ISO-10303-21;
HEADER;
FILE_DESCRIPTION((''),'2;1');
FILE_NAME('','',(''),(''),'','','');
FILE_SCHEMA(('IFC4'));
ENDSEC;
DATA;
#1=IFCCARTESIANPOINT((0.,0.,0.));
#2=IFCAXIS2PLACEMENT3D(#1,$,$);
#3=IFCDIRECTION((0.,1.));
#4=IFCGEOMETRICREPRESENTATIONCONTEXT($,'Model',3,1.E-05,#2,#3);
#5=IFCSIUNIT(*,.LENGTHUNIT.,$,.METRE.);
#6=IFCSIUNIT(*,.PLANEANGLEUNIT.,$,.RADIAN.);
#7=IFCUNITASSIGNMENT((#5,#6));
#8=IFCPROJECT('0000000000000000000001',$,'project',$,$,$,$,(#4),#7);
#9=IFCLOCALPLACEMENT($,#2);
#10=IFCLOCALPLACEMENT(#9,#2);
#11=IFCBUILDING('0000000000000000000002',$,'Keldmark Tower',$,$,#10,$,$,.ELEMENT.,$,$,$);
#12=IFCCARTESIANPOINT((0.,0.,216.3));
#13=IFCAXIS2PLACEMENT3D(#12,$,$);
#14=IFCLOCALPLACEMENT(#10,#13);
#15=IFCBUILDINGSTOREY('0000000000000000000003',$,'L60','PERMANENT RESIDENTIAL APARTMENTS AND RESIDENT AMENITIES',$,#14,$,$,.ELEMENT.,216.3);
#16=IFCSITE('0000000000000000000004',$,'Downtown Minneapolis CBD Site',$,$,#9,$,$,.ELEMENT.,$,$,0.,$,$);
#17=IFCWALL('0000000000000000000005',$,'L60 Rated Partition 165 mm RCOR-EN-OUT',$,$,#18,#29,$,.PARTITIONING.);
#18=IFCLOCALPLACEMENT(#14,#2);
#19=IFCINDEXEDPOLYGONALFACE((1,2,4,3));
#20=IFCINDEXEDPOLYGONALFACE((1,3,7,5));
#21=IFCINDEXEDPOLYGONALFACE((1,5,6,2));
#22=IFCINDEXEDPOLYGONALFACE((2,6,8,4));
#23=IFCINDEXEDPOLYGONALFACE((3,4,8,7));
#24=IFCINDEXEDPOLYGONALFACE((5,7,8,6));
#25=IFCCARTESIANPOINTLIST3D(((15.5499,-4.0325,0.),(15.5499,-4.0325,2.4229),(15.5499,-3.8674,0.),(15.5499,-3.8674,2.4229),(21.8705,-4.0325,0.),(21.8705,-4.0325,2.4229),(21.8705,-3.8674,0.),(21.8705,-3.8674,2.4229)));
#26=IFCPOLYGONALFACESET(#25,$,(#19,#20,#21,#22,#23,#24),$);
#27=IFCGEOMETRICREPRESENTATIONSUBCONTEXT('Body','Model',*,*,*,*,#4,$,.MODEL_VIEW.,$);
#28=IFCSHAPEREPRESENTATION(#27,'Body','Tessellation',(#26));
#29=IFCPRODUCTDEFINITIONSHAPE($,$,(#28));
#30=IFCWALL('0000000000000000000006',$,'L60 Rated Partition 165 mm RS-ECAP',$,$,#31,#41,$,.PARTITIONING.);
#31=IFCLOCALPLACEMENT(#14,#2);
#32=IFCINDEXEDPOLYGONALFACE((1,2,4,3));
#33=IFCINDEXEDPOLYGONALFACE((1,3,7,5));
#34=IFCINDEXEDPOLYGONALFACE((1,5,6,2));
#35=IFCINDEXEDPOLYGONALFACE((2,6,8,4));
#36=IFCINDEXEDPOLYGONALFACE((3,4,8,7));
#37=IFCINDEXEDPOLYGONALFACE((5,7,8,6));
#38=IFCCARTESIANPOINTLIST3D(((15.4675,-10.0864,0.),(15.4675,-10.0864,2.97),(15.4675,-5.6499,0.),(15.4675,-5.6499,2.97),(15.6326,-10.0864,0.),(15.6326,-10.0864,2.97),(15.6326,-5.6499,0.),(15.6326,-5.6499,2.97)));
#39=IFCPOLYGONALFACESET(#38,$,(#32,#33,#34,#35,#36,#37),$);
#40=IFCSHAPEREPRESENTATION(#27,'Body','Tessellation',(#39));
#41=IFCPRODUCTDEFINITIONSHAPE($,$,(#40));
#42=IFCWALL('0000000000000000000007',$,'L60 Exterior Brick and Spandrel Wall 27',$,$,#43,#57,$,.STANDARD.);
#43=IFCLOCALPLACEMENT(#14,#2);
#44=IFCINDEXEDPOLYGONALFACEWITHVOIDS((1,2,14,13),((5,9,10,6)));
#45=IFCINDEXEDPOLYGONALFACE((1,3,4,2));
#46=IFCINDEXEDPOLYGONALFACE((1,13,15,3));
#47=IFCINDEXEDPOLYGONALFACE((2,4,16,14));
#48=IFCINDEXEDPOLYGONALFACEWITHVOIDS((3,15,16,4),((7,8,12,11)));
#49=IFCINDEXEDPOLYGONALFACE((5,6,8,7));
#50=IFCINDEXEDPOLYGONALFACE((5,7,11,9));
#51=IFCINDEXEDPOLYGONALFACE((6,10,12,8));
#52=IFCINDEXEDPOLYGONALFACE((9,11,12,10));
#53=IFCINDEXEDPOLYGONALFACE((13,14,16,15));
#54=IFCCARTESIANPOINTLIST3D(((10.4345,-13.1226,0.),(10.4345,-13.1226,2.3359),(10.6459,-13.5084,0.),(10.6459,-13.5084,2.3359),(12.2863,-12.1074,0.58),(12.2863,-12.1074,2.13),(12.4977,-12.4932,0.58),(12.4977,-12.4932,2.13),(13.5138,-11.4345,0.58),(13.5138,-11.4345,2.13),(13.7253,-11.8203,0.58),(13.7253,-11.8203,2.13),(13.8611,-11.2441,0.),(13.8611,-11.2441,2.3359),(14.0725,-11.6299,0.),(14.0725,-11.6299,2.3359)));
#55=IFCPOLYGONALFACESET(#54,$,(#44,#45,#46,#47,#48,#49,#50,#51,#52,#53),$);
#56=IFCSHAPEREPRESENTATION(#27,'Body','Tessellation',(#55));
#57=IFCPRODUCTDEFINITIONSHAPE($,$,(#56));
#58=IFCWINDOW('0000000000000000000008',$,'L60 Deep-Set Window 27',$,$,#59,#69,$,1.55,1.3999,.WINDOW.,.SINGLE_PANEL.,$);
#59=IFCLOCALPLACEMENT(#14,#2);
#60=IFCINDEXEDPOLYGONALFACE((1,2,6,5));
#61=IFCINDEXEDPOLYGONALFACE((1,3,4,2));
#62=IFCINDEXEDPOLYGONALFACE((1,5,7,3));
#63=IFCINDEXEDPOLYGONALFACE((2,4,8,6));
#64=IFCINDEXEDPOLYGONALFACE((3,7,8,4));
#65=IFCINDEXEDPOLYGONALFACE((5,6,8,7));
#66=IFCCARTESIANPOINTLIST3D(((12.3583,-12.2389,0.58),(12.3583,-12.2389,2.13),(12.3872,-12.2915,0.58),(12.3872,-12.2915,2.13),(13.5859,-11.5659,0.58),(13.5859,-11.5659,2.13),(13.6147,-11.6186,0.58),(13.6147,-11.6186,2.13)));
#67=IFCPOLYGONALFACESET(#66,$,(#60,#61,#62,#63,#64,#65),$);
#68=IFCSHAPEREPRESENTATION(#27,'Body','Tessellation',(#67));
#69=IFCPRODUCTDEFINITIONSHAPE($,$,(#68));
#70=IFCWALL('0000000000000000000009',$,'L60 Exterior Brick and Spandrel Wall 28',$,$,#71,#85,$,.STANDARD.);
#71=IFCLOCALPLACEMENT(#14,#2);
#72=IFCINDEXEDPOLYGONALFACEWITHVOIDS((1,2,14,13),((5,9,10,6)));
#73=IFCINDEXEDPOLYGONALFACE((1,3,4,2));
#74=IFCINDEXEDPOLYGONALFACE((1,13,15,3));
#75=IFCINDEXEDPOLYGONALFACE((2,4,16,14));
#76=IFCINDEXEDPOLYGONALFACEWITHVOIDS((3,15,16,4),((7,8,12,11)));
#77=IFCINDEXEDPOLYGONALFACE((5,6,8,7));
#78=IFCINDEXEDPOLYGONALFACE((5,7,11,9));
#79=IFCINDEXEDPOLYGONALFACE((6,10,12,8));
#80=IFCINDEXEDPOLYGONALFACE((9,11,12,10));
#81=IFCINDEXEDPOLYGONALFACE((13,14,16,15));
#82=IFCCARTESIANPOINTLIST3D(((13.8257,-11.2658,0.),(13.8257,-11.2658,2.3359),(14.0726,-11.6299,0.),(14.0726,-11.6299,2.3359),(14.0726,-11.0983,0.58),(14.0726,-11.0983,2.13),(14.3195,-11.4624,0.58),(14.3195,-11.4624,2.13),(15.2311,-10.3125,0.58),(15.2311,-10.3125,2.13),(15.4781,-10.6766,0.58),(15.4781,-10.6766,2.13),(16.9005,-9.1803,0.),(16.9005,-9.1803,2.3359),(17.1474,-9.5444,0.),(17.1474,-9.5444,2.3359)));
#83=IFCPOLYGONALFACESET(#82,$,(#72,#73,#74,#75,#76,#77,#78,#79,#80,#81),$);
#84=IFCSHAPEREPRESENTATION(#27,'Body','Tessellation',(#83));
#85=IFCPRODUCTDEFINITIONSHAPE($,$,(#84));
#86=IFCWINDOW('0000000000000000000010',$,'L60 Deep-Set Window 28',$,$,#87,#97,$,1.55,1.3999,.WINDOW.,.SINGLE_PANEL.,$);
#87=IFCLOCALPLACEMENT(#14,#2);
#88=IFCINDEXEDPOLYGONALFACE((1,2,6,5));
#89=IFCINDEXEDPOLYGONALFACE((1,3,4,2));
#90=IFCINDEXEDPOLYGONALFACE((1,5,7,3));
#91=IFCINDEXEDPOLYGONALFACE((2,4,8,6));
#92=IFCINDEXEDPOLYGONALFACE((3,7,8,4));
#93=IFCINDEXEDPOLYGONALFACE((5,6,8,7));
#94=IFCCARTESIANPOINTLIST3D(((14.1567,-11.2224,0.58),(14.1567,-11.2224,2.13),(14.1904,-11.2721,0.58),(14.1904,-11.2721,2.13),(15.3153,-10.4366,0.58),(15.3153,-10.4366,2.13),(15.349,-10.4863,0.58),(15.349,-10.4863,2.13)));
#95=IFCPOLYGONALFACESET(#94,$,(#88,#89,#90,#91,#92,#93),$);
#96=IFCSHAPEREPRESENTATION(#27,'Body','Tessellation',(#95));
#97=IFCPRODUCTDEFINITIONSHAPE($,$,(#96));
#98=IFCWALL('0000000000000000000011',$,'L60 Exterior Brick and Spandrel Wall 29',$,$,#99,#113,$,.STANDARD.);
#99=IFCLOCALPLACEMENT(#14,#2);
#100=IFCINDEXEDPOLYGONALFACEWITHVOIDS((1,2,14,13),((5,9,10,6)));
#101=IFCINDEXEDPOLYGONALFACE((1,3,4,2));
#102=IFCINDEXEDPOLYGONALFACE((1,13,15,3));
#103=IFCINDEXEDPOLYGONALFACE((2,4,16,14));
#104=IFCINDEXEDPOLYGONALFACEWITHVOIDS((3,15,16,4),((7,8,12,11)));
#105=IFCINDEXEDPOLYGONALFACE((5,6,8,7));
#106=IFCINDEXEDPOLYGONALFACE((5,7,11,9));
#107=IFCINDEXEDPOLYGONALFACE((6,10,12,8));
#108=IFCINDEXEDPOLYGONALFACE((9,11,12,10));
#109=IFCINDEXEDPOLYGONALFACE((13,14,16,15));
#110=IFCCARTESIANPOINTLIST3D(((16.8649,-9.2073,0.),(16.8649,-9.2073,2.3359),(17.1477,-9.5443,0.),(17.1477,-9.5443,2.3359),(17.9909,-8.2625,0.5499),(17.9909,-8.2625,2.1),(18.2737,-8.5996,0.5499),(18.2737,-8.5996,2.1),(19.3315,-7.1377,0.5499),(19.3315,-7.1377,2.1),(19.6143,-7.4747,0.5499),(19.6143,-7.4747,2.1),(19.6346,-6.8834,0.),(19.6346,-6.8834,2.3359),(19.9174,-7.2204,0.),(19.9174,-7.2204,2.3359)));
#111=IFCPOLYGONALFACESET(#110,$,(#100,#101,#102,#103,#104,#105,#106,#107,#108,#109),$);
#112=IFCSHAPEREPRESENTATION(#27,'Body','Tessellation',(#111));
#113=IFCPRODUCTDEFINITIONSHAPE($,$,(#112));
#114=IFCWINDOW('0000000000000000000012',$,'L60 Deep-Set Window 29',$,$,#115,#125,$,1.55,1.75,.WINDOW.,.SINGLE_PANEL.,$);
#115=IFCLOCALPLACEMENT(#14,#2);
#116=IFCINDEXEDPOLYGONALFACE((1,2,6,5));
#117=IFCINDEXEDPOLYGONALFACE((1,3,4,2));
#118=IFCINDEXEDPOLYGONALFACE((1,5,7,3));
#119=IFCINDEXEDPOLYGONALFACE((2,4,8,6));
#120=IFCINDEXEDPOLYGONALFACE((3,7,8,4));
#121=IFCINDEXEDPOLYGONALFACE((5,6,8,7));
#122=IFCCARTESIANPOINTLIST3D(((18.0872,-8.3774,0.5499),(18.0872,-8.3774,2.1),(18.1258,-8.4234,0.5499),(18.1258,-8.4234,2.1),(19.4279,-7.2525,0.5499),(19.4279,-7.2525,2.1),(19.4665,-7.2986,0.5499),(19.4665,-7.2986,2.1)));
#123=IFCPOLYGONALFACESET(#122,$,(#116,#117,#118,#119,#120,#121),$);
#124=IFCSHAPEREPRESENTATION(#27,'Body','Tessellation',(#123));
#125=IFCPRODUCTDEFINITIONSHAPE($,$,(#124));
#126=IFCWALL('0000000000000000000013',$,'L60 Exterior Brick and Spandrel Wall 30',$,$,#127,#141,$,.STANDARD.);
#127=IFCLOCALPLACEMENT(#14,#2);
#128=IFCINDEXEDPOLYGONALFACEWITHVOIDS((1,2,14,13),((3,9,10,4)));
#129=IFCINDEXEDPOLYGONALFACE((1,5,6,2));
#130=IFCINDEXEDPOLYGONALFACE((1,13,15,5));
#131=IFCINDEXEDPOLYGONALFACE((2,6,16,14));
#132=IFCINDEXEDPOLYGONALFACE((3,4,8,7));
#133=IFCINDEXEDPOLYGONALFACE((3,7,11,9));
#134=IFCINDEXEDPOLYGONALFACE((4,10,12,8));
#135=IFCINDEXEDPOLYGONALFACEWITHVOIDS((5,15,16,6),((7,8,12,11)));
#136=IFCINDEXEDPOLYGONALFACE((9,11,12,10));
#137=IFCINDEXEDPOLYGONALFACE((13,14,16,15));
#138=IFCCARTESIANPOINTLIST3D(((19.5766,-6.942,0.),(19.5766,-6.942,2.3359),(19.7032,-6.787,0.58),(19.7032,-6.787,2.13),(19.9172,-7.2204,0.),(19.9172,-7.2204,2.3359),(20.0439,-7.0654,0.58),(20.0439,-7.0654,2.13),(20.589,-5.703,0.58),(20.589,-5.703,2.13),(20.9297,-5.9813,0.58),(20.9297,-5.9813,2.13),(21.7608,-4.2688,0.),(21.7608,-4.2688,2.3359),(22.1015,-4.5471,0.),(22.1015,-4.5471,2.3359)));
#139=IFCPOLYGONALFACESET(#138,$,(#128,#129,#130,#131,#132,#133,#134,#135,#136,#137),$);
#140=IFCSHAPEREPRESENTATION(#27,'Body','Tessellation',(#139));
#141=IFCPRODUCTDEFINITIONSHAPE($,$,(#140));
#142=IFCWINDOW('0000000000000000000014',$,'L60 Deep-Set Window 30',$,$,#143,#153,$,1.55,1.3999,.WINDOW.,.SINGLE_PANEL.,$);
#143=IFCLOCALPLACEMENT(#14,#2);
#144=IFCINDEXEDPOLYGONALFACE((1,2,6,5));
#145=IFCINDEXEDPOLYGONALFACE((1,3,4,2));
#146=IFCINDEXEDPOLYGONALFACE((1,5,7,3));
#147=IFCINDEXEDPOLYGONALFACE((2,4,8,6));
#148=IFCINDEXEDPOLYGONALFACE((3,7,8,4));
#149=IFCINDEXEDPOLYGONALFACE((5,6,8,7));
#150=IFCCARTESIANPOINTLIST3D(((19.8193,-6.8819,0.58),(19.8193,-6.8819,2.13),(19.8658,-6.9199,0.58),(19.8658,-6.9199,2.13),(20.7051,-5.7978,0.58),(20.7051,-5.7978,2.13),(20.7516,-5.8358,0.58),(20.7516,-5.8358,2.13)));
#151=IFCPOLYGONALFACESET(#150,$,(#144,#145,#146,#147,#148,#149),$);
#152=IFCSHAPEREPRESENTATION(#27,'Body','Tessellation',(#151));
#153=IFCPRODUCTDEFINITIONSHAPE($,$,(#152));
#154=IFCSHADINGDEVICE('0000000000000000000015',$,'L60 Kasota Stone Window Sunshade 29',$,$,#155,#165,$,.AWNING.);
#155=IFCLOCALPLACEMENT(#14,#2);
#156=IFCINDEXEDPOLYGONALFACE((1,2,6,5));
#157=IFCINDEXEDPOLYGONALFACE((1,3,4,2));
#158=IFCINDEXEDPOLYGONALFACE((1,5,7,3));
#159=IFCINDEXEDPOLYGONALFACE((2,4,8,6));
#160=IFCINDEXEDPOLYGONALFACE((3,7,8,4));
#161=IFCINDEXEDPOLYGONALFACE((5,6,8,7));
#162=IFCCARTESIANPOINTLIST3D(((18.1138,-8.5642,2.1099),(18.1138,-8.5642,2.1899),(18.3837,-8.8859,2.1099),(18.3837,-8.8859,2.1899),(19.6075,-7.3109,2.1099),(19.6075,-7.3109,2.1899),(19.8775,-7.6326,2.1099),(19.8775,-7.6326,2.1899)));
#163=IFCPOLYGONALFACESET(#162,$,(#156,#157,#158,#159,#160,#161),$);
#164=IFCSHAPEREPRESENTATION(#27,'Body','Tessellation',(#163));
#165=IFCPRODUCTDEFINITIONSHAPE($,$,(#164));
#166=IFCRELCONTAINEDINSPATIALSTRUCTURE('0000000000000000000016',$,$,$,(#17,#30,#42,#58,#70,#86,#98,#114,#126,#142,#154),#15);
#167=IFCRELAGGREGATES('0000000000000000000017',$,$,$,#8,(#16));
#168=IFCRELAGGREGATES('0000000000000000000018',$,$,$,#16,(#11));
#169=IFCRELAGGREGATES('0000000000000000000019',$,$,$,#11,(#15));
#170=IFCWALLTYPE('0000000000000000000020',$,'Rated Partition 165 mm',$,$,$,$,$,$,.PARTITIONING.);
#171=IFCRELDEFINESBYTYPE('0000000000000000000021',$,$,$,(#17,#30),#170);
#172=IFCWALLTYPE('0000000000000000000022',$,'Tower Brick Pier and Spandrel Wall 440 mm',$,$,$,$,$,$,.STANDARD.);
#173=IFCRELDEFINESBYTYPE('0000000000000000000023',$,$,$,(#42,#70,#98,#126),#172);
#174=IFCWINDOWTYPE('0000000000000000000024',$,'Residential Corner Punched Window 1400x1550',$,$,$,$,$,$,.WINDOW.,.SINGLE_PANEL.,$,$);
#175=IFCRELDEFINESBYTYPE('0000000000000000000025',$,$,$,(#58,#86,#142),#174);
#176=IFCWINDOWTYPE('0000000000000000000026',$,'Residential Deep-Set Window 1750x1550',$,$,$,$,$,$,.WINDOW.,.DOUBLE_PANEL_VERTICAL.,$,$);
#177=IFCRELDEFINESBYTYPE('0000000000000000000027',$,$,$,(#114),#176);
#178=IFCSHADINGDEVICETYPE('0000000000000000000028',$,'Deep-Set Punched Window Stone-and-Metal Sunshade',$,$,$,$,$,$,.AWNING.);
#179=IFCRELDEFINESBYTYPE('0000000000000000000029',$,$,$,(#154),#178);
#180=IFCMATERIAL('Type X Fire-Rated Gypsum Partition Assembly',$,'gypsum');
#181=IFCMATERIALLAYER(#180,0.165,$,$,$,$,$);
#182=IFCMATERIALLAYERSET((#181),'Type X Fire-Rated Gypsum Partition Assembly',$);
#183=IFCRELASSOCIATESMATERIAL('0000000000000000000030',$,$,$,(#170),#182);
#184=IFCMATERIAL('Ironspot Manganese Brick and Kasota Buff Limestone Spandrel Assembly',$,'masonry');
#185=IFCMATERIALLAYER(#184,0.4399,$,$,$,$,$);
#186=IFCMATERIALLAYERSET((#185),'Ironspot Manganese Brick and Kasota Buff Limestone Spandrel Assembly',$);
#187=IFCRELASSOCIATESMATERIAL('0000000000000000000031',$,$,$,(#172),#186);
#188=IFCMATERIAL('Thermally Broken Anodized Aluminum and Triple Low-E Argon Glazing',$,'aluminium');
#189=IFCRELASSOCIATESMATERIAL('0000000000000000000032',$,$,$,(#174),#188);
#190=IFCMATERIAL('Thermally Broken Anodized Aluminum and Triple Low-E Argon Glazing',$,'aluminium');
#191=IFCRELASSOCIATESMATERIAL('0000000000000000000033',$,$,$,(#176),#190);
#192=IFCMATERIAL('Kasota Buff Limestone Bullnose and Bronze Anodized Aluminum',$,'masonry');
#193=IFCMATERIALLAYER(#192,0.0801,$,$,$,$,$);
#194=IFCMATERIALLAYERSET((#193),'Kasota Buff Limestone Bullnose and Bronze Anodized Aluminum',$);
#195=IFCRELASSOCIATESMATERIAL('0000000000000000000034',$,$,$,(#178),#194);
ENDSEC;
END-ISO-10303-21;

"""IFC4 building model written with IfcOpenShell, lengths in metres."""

from ifc_helpers import new_model, si_unit, direction, frame, frame_2d, origin, origin_2d, place, context, subcontext, project, spatial, rectangle, extrude, material, layer, layer_set, type_object, element, fill, save


model = new_model("IFC4")

# Units and contexts
model_context = context("Model", 3, precision=1e-05, world=origin(), true_north=direction((0.0, 1.0)))
body_context = subcontext(model_context, "Body", "Model", "MODEL_VIEW")
ifc_project = project(units=[si_unit("LENGTHUNIT", "METRE"), si_unit("PLANEANGLEUNIT", "RADIAN")], contexts=[model_context])

# Site, building, storey
site_placement = place(None, origin())
site = spatial("IfcSite", under=ifc_project, at=site_placement, Name="Downtown Minneapolis CBD Site", CompositionType="ELEMENT", RefElevation=0.0)
building_placement = place(site_placement, origin())
building = spatial("IfcBuilding", under=site, at=building_placement, Name="Keldmark Tower", CompositionType="ELEMENT")
storey_placement = place(building_placement, frame((0.0, 0.0, 216.3)))
storey = spatial("IfcBuildingStorey", under=building, at=storey_placement, Name="L60", Description="PERMANENT RESIDENTIAL APARTMENTS AND RESIDENT AMENITIES", CompositionType="ELEMENT", Elevation=216.3)

# Wall
ifc_material_1 = material(Name="Type X Fire-Rated Gypsum Partition Assembly", Category="gypsum")
ifc_layer_1 = layer(ifc_material_1, 0.165)
ifc_layer_set_1 = layer_set([ifc_layer_1], Name="Type X Fire-Rated Gypsum Partition Assembly")
wall_type_1 = type_object("IfcWallType", Name="Rated Partition 165 mm", PredefinedType="PARTITIONING", material=ifc_layer_set_1)
wall_1_placement = place(storey_placement, frame((15.55, -3.95, 0.0), z_axis=(0.0, 0.0, 1.0), x_axis=(1.0, 0.0, 0.0)))
element("IfcWall", 1, at=wall_1_placement, inside=storey, type_object=wall_type_1, Name="L60 Rated Partition 165 mm RCOR-EN-OUT", PredefinedType="PARTITIONING", context=body_context, shape_type="SweptSolid", body=[
    extrude(rectangle(XDim=6.3206, YDim=0.165, at=frame_2d((3.1602, 0.0))), origin(), (0.0, 0.0, 1.0), 2.4229),
])

# Wall
wall_2_placement = place(storey_placement, frame((15.55, -10.0864, 0.0), z_axis=(0.0, 0.0, 1.0), x_axis=(0.0, 1.0, 0.0)))
element("IfcWall", 2, at=wall_2_placement, inside=storey, type_object=wall_type_1, Name="L60 Rated Partition 165 mm RS-ECAP", PredefinedType="PARTITIONING", context=body_context, shape_type="SweptSolid", body=[
    extrude(rectangle(XDim=4.4365, YDim=0.165, at=frame_2d((2.2183, 0.0))), origin(), (0.0, 0.0, 1.0), 2.97),
])

# Walls, openings, windows
ifc_material_2 = material(Name="Ironspot Manganese Brick and Kasota Buff Limestone Spandrel Assembly", Category="masonry")
ifc_layer_2 = layer(ifc_material_2, 0.4399)
ifc_layer_set_2 = layer_set([ifc_layer_2], Name="Ironspot Manganese Brick and Kasota Buff Limestone Spandrel Assembly")
wall_type_2 = type_object("IfcWallType", Name="Tower Brick Pier and Spandrel Wall 440 mm", PredefinedType="STANDARD", material=ifc_layer_set_2)
wall_3_placement = place(storey_placement, frame((13.9668, -11.437, 0.0), z_axis=(0.0, 0.0, 1.0), x_axis=(-0.876881, -0.480707, 0.0)))
wall_3 = element("IfcWall", 3, at=wall_3_placement, inside=storey, type_object=wall_type_2, Name="L60 Exterior Brick and Spandrel Wall 27", PredefinedType="STANDARD", context=body_context, shape_type="SweptSolid", body=[
    extrude(rectangle(XDim=3.9077, YDim=0.4399, at=frame_2d((1.9539, 0.0))), origin(), (0.0, 0.0, 1.0), 2.3359),
])
opening_1_placement = place(wall_3_placement, frame((0.396, 0.0, 0.5801)))
opening_1 = element("IfcOpeningElement", 4, at=opening_1_placement, cuts=wall_3, PredefinedType="OPENING", context=body_context, shape_type="SweptSolid", body=[
    extrude(rectangle(XDim=1.3999, YDim=1.55, at=frame_2d((0.7, 0.7749))), frame((0.0, 0.23, 0.0), z_axis=(0.0, -1.0, 0.0), x_axis=(1.0, 0.0, 0.0)), (0.0, 0.0, 1.0), 0.46),
])
ifc_material_3 = material(Name="Thermally Broken Anodized Aluminum and Triple Low-E Argon Glazing", Category="aluminium")
window_type_1 = type_object("IfcWindowType", Name="Residential Corner Punched Window 1400x1550", PartitioningType="SINGLE_PANEL", PredefinedType="WINDOW", material=ifc_material_3)
window_1_placement = place(opening_1_placement, origin())
window_1 = element("IfcWindow", 5, at=window_1_placement, inside=storey, type_object=window_type_1, Name="L60 Deep-Set Window 27", OverallHeight=1.55, OverallWidth=1.3999, PartitioningType="SINGLE_PANEL", PredefinedType="WINDOW", context=body_context, shape_type="SweptSolid", body=[
    extrude(rectangle(XDim=1.3999, YDim=1.55, at=frame_2d((0.7, 0.7749))), frame((0.0, -0.01, 0.0), z_axis=(0.0, -1.0, 0.0), x_axis=(1.0, 0.0, 0.0)), (0.0, 0.0, 1.0), 0.0601),
])
fill(opening_1, window_1)
wall_4_placement = place(storey_placement, frame((17.0239, -9.3623, 0.0), z_axis=(0.0, 0.0, 1.0), x_axis=(-0.827596, -0.561325, 0.0)))
wall_4 = element("IfcWall", 6, at=wall_4_placement, inside=storey, type_object=wall_type_2, Name="L60 Exterior Brick and Spandrel Wall 28", PredefinedType="STANDARD", context=body_context, shape_type="SweptSolid", body=[
    extrude(rectangle(XDim=3.7153, YDim=0.4399, at=frame_2d((1.8577, 0.0))), origin(), (0.0, 0.0, 1.0), 2.3359),
])
opening_2_placement = place(wall_4_placement, frame((2.0171, 0.0, 0.5801)))
opening_2 = element("IfcOpeningElement", 7, at=opening_2_placement, cuts=wall_4, PredefinedType="OPENING", context=body_context, shape_type="SweptSolid", body=[
    extrude(rectangle(XDim=1.3999, YDim=1.55, at=frame_2d((0.7, 0.7749))), frame((0.0, 0.23, 0.0), z_axis=(0.0, -1.0, 0.0), x_axis=(1.0, 0.0, 0.0)), (0.0, 0.0, 1.0), 0.46),
])
window_2_placement = place(opening_2_placement, origin())
window_2 = element("IfcWindow", 8, at=window_2_placement, inside=storey, type_object=window_type_1, Name="L60 Deep-Set Window 28", OverallHeight=1.55, OverallWidth=1.3999, PartitioningType="SINGLE_PANEL", PredefinedType="WINDOW", context=body_context, shape_type="SweptSolid", body=[
    extrude(rectangle(XDim=1.3999, YDim=1.55, at=frame_2d((0.7, 0.7749))), frame((0.0, -0.01, 0.0), z_axis=(0.0, -1.0, 0.0), x_axis=(1.0, 0.0, 0.0)), (0.0, 0.0, 1.0), 0.0601),
])
fill(opening_2, window_2)
wall_5_placement = place(storey_placement, frame((19.7759, -7.052, 0.0), z_axis=(0.0, 0.0, 1.0), x_axis=(-0.766064, -0.642764, 0.0)))
wall_5 = element("IfcWall", 9, at=wall_5_placement, inside=storey, type_object=wall_type_2, Name="L60 Exterior Brick and Spandrel Wall 29", PredefinedType="STANDARD", context=body_context, shape_type="SweptSolid", body=[
    extrude(rectangle(XDim=3.6155, YDim=0.4399, at=frame_2d((1.8076, 0.0))), origin(), (0.0, 0.0, 1.0), 2.3359),
])
opening_3_placement = place(wall_5_placement, frame((0.3955, 0.0, 0.55)))
opening_3 = element("IfcOpeningElement", 10, at=opening_3_placement, cuts=wall_5, PredefinedType="OPENING", context=body_context, shape_type="SweptSolid", body=[
    extrude(rectangle(XDim=1.75, YDim=1.55, at=frame_2d((0.875, 0.7749))), frame((0.0, 0.23, 0.0), z_axis=(0.0, -1.0, 0.0), x_axis=(1.0, 0.0, 0.0)), (0.0, 0.0, 1.0), 0.46),
])
ifc_material_4 = material(Name="Thermally Broken Anodized Aluminum and Triple Low-E Argon Glazing", Category="aluminium")
window_type_2 = type_object("IfcWindowType", Name="Residential Deep-Set Window 1750x1550", PartitioningType="DOUBLE_PANEL_VERTICAL", PredefinedType="WINDOW", material=ifc_material_4)
window_3_placement = place(opening_3_placement, origin())
window_3 = element("IfcWindow", 11, at=window_3_placement, inside=storey, type_object=window_type_2, Name="L60 Deep-Set Window 29", OverallHeight=1.55, OverallWidth=1.75, PartitioningType="SINGLE_PANEL", PredefinedType="WINDOW", context=body_context, shape_type="SweptSolid", body=[
    extrude(rectangle(XDim=1.75, YDim=1.55, at=frame_2d((0.875, 0.7749))), frame((0.0, -0.01, 0.0), z_axis=(0.0, -1.0, 0.0), x_axis=(1.0, 0.0, 0.0)), (0.0, 0.0, 1.0), 0.0601),
])
fill(opening_3, window_3)
wall_6_placement = place(storey_placement, frame((21.9312, -4.408, 0.0), z_axis=(0.0, 0.0, 1.0), x_axis=(-0.632725, -0.774376, 0.0)))
wall_6 = element("IfcWall", 12, at=wall_6_placement, inside=storey, type_object=wall_type_2, Name="L60 Exterior Brick and Spandrel Wall 30", PredefinedType="STANDARD", context=body_context, shape_type="SweptSolid", body=[
    extrude(rectangle(XDim=3.4521, YDim=0.4399, at=frame_2d((1.7261, 0.0))), origin(), (0.0, 0.0, 1.0), 2.3359),
])
opening_4_placement = place(wall_6_placement, frame((1.8521, 0.0, 0.5801)))
opening_4 = element("IfcOpeningElement", 13, at=opening_4_placement, cuts=wall_6, PredefinedType="OPENING", context=body_context, shape_type="SweptSolid", body=[
    extrude(rectangle(XDim=1.3999, YDim=1.55, at=frame_2d((0.7, 0.7749))), frame((0.0, 0.23, 0.0), z_axis=(0.0, -1.0, 0.0), x_axis=(1.0, 0.0, 0.0)), (0.0, 0.0, 1.0), 0.46),
])
window_4_placement = place(opening_4_placement, origin())
window_4 = element("IfcWindow", 14, at=window_4_placement, inside=storey, type_object=window_type_1, Name="L60 Deep-Set Window 30", OverallHeight=1.55, OverallWidth=1.3999, PartitioningType="SINGLE_PANEL", PredefinedType="WINDOW", context=body_context, shape_type="SweptSolid", body=[
    extrude(rectangle(XDim=1.3999, YDim=1.55, at=frame_2d((0.7, 0.7749))), frame((0.0, -0.01, 0.0), z_axis=(0.0, -1.0, 0.0), x_axis=(1.0, 0.0, 0.0)), (0.0, 0.0, 1.0), 0.0601),
])
fill(opening_4, window_4)

# Shading device
ifc_material_5 = material(Name="Kasota Buff Limestone Bullnose and Bronze Anodized Aluminum", Category="masonry")
ifc_layer_3 = layer(ifc_material_5, 0.0801)
ifc_layer_set_3 = layer_set([ifc_layer_3], Name="Kasota Buff Limestone Bullnose and Bronze Anodized Aluminum")
shading_device_type = type_object("IfcShadingDeviceType", Name="Deep-Set Punched Window Stone-and-Metal Sunshade", PredefinedType="AWNING", material=ifc_layer_set_3)
shading_device_placement = place(storey_placement, frame((18.9956, -8.0984, 2.1099), z_axis=(0.0, 0.0, 1.0), x_axis=(-0.766067, -0.642761, 0.0)))
element("IfcShadingDevice", 15, at=shading_device_placement, inside=storey, type_object=shading_device_type, Name="L60 Kasota Stone Window Sunshade 29", PredefinedType="AWNING", context=body_context, shape_type="SweptSolid", body=[
    extrude(rectangle(XDim=1.95, YDim=0.4199, at=origin_2d()), origin(), (0.0, 0.0, 1.0), 0.0801),
])

save(model, "model.ifc")
